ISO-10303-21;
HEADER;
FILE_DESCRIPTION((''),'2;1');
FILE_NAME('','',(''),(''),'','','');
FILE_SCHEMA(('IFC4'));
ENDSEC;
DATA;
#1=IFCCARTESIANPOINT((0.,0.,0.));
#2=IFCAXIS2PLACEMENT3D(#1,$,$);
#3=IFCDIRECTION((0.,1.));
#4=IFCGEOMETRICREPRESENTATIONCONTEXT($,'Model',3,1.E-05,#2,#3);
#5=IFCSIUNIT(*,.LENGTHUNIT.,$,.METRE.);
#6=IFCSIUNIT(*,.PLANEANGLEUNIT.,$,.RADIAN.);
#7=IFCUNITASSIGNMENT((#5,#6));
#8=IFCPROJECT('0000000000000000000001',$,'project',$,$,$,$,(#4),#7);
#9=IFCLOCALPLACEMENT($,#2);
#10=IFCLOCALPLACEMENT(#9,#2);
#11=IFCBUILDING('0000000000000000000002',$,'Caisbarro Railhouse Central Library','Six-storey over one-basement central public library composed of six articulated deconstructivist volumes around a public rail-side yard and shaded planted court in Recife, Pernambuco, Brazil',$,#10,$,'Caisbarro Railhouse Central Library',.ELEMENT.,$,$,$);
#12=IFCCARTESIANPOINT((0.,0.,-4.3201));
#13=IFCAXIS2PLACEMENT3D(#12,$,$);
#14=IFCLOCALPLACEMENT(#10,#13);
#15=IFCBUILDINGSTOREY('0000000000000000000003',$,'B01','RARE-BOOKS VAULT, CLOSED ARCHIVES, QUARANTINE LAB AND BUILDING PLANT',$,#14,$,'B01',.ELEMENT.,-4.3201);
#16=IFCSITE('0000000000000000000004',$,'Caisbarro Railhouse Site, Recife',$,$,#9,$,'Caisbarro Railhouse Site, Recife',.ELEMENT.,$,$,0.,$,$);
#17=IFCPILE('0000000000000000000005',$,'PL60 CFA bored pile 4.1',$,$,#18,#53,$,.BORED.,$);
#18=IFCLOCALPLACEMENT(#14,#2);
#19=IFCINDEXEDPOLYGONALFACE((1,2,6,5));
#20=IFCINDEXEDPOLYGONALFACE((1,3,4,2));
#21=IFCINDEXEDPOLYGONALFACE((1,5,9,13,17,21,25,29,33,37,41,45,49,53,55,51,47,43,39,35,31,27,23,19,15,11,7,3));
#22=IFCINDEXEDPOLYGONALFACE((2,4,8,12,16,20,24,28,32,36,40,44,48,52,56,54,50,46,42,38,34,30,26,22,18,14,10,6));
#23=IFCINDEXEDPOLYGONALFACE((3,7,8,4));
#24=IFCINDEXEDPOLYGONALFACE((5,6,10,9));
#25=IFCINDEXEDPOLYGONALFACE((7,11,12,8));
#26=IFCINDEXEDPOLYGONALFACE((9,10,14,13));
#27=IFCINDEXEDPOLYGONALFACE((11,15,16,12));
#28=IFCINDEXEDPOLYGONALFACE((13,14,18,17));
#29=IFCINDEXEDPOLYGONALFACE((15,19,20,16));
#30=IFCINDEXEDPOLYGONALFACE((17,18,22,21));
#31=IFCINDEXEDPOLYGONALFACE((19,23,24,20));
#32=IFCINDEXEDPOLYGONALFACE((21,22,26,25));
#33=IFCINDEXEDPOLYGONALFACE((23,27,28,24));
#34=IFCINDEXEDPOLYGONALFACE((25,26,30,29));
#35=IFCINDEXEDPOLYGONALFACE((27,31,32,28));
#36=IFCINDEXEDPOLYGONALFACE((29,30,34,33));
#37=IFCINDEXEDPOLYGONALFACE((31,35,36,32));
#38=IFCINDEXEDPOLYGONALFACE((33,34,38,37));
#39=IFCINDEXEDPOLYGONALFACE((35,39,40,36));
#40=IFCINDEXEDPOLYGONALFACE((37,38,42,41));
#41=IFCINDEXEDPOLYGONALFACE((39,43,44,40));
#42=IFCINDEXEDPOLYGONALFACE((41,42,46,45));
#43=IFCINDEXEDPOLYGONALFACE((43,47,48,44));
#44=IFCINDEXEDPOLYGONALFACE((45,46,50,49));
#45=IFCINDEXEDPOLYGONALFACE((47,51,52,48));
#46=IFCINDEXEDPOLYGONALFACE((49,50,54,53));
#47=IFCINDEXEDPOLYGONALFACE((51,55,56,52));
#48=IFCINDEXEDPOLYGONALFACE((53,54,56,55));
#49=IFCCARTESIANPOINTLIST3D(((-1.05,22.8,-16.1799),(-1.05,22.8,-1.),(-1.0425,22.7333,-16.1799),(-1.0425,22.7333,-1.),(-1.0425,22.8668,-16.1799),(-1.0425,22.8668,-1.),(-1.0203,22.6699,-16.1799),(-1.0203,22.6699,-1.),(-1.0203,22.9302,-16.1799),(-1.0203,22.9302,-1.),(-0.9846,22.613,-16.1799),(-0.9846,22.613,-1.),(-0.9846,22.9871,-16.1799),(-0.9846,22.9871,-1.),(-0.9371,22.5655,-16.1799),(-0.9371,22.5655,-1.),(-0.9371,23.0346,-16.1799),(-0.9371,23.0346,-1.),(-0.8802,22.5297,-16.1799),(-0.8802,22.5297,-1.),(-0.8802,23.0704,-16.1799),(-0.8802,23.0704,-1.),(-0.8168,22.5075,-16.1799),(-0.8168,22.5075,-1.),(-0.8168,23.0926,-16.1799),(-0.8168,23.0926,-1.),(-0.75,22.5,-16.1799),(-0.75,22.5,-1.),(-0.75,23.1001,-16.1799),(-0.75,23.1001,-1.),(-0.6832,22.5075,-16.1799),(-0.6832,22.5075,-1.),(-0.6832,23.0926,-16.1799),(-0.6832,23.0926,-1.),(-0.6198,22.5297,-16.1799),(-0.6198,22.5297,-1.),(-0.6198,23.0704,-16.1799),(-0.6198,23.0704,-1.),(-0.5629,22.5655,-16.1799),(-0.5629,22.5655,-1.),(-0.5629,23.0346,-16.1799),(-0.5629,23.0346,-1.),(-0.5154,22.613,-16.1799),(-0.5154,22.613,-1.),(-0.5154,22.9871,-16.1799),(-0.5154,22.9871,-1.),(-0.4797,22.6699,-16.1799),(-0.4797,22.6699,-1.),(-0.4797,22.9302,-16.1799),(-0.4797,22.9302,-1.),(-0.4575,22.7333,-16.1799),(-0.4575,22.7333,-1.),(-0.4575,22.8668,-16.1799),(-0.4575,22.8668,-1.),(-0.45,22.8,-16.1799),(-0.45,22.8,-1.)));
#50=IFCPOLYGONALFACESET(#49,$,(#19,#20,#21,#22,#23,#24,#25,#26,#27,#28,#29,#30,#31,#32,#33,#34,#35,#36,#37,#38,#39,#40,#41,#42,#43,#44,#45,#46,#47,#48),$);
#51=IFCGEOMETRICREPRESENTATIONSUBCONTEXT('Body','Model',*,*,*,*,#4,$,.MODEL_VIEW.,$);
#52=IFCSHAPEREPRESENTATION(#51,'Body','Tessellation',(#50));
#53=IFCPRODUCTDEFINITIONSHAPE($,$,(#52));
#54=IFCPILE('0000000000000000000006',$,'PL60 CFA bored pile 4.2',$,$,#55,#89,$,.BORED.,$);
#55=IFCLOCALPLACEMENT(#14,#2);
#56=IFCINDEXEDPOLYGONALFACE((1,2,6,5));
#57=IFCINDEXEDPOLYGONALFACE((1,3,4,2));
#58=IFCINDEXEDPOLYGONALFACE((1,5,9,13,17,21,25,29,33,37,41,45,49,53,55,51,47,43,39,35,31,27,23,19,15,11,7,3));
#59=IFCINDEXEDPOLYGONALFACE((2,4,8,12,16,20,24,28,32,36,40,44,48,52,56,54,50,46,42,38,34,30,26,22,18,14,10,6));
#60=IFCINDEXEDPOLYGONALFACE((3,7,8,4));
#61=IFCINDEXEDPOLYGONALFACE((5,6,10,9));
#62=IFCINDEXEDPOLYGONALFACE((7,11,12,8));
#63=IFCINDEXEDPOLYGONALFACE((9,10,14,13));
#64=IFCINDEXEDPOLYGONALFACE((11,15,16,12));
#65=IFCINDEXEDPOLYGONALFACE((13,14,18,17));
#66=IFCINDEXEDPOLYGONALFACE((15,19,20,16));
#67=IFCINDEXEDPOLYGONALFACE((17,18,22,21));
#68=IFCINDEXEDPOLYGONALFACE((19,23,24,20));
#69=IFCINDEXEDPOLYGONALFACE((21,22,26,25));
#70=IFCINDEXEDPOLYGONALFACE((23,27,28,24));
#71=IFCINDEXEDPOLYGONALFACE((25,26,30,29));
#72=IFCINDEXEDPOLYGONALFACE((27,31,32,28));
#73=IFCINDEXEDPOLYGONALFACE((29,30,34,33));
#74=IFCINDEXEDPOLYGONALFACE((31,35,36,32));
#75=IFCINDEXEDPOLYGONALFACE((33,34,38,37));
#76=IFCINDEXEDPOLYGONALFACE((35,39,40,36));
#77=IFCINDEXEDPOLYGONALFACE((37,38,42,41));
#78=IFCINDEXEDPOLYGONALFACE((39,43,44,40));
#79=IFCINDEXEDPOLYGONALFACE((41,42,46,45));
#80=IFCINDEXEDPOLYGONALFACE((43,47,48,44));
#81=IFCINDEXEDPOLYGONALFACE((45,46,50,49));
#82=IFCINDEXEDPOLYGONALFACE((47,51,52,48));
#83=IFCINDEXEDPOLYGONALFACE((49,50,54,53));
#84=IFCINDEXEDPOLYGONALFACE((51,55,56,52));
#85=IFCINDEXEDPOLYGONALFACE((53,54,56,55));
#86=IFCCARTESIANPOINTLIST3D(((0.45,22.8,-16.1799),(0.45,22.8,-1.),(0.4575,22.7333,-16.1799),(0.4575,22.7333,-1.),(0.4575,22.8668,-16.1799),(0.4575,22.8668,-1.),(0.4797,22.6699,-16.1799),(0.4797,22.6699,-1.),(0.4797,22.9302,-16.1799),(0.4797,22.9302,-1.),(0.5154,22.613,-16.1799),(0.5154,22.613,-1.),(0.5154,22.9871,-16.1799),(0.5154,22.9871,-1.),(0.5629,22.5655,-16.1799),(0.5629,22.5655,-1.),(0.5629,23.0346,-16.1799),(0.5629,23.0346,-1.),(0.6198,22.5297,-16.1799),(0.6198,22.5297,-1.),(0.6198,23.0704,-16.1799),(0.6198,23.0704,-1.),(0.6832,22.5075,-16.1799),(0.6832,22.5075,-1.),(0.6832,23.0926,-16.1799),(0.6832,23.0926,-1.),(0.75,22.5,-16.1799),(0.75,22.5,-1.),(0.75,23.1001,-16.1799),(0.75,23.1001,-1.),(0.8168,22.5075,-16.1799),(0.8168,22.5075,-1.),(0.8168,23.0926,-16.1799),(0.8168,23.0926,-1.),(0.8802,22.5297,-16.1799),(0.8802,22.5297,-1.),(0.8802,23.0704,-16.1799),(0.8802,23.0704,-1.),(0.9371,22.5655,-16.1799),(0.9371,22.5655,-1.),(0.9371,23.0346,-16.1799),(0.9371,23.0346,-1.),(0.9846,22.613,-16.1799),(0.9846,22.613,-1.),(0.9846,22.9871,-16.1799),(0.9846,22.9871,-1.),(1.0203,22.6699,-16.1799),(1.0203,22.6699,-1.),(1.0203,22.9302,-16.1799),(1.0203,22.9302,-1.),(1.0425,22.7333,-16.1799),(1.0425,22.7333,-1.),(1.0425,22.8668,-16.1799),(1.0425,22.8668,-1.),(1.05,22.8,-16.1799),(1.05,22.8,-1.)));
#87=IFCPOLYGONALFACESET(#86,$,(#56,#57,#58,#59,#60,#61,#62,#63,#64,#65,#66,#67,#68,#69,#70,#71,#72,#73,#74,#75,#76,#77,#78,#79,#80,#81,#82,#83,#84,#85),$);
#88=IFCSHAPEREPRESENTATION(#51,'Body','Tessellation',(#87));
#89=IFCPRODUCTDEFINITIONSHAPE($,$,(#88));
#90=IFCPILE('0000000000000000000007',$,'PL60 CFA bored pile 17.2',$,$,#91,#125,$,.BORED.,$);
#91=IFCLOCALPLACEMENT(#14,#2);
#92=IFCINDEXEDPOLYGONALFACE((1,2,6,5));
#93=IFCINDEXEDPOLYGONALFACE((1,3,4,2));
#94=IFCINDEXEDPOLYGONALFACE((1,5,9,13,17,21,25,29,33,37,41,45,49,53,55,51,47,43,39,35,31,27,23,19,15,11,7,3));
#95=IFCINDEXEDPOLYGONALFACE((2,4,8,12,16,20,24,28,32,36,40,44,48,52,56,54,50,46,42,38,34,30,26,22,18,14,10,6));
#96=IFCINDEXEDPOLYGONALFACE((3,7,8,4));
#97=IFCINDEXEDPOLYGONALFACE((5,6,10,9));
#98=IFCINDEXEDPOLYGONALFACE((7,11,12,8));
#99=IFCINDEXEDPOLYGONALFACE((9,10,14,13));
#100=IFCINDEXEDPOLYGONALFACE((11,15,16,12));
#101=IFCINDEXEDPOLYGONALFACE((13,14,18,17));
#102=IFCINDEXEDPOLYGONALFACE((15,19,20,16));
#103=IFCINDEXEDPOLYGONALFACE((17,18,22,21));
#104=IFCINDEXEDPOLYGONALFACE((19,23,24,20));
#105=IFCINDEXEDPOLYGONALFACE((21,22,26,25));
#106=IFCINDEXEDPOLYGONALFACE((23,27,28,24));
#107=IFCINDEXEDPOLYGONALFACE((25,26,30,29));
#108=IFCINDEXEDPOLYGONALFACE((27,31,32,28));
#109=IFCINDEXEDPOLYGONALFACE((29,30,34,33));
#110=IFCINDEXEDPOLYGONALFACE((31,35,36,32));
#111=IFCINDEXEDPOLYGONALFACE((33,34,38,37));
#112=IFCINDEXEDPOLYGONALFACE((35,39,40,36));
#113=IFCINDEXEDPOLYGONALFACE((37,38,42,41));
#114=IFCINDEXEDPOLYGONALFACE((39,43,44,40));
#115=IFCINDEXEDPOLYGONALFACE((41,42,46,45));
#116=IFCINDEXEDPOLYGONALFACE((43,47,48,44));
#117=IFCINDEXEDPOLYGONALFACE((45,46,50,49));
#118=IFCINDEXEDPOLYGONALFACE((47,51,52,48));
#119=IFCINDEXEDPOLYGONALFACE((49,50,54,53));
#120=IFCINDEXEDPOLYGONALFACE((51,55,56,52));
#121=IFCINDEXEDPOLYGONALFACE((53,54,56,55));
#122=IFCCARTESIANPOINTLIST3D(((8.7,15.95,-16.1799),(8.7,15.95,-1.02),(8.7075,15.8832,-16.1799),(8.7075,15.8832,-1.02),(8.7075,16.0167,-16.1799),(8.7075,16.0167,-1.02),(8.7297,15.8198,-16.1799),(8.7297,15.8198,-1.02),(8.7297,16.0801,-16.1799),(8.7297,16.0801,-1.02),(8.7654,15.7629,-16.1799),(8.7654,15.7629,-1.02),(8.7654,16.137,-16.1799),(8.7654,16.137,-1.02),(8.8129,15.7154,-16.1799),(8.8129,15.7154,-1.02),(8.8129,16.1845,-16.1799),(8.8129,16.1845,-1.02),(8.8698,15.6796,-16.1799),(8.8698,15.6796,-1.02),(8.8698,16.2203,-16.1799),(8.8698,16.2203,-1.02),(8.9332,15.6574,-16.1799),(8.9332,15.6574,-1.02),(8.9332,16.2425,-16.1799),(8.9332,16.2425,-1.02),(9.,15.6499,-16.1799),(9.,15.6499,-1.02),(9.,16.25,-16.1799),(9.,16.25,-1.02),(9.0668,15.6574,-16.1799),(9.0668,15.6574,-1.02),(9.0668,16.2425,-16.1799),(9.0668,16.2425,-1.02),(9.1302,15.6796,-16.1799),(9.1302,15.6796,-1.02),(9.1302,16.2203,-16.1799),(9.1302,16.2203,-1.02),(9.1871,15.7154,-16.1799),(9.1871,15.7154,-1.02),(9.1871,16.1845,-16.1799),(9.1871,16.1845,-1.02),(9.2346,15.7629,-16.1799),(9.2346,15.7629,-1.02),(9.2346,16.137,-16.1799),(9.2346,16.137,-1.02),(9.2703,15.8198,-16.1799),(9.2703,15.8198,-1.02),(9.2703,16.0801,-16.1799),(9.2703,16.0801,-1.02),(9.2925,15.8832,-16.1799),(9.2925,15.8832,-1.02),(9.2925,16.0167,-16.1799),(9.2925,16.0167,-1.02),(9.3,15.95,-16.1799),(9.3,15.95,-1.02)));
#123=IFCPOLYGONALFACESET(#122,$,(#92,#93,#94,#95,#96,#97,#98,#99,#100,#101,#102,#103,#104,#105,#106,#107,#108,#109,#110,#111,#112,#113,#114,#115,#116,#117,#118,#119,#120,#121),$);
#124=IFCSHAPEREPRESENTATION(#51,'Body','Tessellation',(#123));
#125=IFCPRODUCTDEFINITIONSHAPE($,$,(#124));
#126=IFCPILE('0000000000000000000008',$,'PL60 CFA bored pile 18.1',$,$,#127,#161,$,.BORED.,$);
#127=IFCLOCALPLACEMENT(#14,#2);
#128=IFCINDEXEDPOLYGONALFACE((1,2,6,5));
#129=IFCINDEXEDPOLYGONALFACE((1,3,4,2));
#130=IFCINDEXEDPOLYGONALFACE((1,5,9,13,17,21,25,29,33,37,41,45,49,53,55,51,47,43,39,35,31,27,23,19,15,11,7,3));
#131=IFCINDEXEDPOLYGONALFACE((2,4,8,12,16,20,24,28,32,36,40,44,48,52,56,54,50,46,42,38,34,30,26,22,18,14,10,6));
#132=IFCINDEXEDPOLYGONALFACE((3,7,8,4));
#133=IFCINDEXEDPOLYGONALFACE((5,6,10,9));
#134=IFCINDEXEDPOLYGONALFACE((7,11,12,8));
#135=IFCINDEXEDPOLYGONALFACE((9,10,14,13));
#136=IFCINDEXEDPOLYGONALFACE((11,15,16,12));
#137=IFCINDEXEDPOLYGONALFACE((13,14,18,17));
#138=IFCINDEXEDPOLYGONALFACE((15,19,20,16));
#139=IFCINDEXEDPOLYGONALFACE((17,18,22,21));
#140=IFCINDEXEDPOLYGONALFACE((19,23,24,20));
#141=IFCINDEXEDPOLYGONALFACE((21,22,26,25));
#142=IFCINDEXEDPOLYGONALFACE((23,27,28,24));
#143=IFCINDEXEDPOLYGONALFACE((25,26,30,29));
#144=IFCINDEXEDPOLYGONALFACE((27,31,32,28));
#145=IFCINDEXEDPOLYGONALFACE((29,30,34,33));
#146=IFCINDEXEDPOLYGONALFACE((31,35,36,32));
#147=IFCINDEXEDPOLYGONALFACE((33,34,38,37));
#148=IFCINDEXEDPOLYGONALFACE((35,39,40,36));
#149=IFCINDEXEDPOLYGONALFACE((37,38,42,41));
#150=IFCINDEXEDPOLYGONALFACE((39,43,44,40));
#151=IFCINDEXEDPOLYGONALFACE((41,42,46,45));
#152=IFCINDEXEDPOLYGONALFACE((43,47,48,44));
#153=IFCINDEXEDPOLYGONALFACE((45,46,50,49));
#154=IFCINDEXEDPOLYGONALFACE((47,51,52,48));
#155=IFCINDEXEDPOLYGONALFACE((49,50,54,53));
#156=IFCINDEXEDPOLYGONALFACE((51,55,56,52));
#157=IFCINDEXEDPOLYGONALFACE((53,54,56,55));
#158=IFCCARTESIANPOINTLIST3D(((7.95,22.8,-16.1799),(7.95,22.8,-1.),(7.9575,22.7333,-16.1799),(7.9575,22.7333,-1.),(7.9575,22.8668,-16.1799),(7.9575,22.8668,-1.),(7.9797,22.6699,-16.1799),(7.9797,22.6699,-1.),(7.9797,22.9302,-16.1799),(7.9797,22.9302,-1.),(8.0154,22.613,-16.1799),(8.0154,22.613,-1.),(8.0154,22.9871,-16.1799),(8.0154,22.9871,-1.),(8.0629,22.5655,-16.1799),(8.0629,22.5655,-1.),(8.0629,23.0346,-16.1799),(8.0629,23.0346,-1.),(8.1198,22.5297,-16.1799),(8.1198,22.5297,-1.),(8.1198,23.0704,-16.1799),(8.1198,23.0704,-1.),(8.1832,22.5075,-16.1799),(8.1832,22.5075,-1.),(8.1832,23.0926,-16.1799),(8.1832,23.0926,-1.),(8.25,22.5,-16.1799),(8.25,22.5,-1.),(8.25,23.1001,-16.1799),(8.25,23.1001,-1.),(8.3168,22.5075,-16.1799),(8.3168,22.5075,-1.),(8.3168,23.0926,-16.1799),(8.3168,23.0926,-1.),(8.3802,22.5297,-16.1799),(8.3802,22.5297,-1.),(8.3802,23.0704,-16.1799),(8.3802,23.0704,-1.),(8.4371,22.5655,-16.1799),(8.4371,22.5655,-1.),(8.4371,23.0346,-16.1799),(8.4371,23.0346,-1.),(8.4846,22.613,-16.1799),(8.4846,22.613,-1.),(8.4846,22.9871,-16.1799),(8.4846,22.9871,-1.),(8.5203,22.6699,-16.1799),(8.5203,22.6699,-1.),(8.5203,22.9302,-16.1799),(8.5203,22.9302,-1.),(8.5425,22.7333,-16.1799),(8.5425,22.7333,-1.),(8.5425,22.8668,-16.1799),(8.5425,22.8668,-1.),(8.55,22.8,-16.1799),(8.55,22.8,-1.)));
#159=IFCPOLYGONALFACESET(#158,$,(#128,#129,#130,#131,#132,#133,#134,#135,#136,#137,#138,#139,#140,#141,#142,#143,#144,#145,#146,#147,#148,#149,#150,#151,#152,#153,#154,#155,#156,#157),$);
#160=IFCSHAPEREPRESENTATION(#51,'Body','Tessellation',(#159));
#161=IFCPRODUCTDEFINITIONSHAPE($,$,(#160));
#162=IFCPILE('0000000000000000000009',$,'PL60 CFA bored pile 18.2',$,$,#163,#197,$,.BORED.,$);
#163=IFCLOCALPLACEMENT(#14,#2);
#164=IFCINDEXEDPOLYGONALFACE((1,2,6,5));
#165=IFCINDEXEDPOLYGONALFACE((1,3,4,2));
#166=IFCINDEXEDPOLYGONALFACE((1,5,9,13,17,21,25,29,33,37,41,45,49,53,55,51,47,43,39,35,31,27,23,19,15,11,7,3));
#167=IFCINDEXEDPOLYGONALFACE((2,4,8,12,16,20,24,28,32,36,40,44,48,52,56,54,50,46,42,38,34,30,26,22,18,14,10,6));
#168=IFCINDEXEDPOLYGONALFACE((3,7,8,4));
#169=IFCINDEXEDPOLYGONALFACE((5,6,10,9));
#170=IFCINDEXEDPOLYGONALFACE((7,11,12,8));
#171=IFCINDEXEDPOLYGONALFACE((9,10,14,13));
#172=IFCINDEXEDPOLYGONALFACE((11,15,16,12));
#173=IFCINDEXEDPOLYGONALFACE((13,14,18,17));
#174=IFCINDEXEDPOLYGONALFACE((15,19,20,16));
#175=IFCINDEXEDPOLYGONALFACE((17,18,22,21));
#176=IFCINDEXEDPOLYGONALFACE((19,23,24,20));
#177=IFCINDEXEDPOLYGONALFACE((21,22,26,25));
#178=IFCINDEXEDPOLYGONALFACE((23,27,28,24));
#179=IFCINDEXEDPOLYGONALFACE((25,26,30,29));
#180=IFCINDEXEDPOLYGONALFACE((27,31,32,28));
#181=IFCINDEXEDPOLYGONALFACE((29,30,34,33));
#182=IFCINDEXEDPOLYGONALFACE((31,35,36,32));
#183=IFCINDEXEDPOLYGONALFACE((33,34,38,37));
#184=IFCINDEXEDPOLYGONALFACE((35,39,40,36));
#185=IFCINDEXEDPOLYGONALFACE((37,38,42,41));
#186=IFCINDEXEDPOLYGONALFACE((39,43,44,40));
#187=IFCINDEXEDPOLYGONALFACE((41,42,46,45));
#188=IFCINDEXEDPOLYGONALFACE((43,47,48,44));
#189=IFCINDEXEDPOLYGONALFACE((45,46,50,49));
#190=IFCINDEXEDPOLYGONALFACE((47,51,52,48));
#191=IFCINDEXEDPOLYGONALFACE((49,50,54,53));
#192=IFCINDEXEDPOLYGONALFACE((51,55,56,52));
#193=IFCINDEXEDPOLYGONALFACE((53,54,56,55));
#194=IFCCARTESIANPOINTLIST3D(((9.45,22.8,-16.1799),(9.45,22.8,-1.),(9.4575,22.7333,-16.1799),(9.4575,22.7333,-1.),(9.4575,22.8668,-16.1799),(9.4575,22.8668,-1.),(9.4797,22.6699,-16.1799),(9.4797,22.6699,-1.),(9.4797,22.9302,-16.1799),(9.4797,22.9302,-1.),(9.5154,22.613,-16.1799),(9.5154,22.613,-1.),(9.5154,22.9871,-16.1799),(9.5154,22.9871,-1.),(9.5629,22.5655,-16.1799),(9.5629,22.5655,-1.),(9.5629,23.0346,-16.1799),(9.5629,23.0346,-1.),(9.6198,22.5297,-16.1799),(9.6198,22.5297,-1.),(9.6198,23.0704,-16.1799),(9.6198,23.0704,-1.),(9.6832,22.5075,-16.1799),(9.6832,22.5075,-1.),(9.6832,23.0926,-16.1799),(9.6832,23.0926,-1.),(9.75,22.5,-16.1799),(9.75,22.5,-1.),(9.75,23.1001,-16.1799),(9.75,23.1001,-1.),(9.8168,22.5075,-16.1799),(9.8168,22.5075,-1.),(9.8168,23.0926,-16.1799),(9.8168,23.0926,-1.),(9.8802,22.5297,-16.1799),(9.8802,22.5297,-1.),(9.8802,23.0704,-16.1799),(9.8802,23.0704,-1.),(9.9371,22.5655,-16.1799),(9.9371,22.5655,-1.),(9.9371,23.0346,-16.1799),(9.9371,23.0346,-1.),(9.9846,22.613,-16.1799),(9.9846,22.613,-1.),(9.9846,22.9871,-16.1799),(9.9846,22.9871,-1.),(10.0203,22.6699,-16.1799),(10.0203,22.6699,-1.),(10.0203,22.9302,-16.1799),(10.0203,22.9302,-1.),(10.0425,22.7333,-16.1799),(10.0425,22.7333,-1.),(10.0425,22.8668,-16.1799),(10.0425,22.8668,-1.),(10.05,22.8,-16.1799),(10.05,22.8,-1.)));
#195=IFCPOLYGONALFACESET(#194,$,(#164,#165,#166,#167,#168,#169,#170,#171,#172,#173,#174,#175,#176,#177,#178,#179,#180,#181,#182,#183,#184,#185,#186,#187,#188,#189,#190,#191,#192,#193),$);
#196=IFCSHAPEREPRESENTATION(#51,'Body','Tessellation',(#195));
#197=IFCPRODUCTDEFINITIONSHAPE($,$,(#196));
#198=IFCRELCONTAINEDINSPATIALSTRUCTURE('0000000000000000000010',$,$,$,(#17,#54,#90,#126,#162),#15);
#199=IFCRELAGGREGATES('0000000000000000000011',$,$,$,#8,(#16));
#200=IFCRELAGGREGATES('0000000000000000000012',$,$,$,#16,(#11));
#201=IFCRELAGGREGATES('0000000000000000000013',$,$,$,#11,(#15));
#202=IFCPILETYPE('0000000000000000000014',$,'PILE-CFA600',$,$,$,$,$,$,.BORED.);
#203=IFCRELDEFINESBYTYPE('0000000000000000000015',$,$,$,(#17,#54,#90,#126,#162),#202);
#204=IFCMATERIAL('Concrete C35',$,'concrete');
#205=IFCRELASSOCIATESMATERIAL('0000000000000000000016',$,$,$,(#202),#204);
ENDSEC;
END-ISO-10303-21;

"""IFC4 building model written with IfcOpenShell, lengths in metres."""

from ifc_helpers import new_model, si_unit, direction, frame, origin, origin_2d, place, context, subcontext, project, spatial, circle, extrude, material, material_profile, profile_set, type_object, element, save


model = new_model("IFC4")

# Units and contexts
model_context = context("Model", 3, precision=1e-05, world=origin(), true_north=direction((0.0, 1.0)))
body_context = subcontext(model_context, "Body", "Model", "MODEL_VIEW")
ifc_project = project(units=[si_unit("LENGTHUNIT", "METRE"), si_unit("PLANEANGLEUNIT", "RADIAN")], contexts=[model_context])

# Site, building, storey
site_placement = place(None, origin())
site = spatial("IfcSite", under=ifc_project, at=site_placement, Name="Caisbarro Railhouse Site, Recife", LongName="Caisbarro Railhouse Site, Recife", CompositionType="ELEMENT", RefElevation=0.0)
building_placement = place(site_placement, origin())
building = spatial("IfcBuilding", under=site, at=building_placement, Name="Caisbarro Railhouse Central Library", Description="Six-storey over one-basement central public library composed of six articulated deconstructivist volumes around a public rail-side yard and shaded planted court in Recife, Pernambuco, Brazil", LongName="Caisbarro Railhouse Central Library", CompositionType="ELEMENT")
storey_placement = place(building_placement, frame((0.0, 0.0, -4.3201)))
storey = spatial("IfcBuildingStorey", under=building, at=storey_placement, Name="B01", Description="RARE-BOOKS VAULT, CLOSED ARCHIVES, QUARANTINE LAB AND BUILDING PLANT", LongName="B01", CompositionType="ELEMENT", Elevation=-4.3201)

# Shared definitions
ifc_material_1 = material(Name="Concrete C35", Category="concrete")

# Piles
ifc_material_profile_1 = material_profile(ifc_material_1, circle(Radius=0.3, at=origin_2d()), Name="PILE-CFA-600")
ifc_profile_set_1 = profile_set([ifc_material_profile_1], Name="Concrete C35")
pile_type_1 = type_object("IfcPileType", Name="PILE-CFA600", PredefinedType="BORED", material=ifc_profile_set_1)
for number, where, z_axis, x_axis, name in (
    (1, (-0.75, 22.8, -1.0), (0.0, 0.0, -1.0), (1.0, 0.0, 0.0), "PL60 CFA bored pile 4.1"),
    (2, (0.75, 22.8, -1.0), (0.0, 0.0, -1.0), (1.0, 0.0, 0.0), "PL60 CFA bored pile 4.2"),
):
    element("IfcPile", number, at=place(storey_placement, frame(where, z_axis=z_axis, x_axis=x_axis)), inside=storey, type_object=pile_type_1, Name=name, PredefinedType="BORED", context=body_context, shape_type="SweptSolid", body=[
        extrude(circle(Radius=0.3, at=origin_2d()), origin(), (0.0, 0.0, 1.0), 15.1799),
    ])
pile_1_placement = place(storey_placement, frame((9.0, 15.95, -1.02), z_axis=(0.0, 0.0, -1.0), x_axis=(1.0, 0.0, 0.0)))
element("IfcPile", 3, at=pile_1_placement, inside=storey, type_object=pile_type_1, Name="PL60 CFA bored pile 17.2", PredefinedType="BORED", context=body_context, shape_type="SweptSolid", body=[
    extrude(circle(Radius=0.3, at=origin_2d()), origin(), (0.0, 0.0, 1.0), 15.1599),
])
for number, where, z_axis, x_axis, name in (
    (4, (8.25, 22.8, -1.0), (0.0, 0.0, -1.0), (1.0, 0.0, 0.0), "PL60 CFA bored pile 18.1"),
    (5, (9.75, 22.8, -1.0), (0.0, 0.0, -1.0), (1.0, 0.0, 0.0), "PL60 CFA bored pile 18.2"),
):
    element("IfcPile", number, at=place(storey_placement, frame(where, z_axis=z_axis, x_axis=x_axis)), inside=storey, type_object=pile_type_1, Name=name, PredefinedType="BORED", context=body_context, shape_type="SweptSolid", body=[
        extrude(circle(Radius=0.3, at=origin_2d()), origin(), (0.0, 0.0, 1.0), 15.1799),
    ])

save(model, "model.ifc")
